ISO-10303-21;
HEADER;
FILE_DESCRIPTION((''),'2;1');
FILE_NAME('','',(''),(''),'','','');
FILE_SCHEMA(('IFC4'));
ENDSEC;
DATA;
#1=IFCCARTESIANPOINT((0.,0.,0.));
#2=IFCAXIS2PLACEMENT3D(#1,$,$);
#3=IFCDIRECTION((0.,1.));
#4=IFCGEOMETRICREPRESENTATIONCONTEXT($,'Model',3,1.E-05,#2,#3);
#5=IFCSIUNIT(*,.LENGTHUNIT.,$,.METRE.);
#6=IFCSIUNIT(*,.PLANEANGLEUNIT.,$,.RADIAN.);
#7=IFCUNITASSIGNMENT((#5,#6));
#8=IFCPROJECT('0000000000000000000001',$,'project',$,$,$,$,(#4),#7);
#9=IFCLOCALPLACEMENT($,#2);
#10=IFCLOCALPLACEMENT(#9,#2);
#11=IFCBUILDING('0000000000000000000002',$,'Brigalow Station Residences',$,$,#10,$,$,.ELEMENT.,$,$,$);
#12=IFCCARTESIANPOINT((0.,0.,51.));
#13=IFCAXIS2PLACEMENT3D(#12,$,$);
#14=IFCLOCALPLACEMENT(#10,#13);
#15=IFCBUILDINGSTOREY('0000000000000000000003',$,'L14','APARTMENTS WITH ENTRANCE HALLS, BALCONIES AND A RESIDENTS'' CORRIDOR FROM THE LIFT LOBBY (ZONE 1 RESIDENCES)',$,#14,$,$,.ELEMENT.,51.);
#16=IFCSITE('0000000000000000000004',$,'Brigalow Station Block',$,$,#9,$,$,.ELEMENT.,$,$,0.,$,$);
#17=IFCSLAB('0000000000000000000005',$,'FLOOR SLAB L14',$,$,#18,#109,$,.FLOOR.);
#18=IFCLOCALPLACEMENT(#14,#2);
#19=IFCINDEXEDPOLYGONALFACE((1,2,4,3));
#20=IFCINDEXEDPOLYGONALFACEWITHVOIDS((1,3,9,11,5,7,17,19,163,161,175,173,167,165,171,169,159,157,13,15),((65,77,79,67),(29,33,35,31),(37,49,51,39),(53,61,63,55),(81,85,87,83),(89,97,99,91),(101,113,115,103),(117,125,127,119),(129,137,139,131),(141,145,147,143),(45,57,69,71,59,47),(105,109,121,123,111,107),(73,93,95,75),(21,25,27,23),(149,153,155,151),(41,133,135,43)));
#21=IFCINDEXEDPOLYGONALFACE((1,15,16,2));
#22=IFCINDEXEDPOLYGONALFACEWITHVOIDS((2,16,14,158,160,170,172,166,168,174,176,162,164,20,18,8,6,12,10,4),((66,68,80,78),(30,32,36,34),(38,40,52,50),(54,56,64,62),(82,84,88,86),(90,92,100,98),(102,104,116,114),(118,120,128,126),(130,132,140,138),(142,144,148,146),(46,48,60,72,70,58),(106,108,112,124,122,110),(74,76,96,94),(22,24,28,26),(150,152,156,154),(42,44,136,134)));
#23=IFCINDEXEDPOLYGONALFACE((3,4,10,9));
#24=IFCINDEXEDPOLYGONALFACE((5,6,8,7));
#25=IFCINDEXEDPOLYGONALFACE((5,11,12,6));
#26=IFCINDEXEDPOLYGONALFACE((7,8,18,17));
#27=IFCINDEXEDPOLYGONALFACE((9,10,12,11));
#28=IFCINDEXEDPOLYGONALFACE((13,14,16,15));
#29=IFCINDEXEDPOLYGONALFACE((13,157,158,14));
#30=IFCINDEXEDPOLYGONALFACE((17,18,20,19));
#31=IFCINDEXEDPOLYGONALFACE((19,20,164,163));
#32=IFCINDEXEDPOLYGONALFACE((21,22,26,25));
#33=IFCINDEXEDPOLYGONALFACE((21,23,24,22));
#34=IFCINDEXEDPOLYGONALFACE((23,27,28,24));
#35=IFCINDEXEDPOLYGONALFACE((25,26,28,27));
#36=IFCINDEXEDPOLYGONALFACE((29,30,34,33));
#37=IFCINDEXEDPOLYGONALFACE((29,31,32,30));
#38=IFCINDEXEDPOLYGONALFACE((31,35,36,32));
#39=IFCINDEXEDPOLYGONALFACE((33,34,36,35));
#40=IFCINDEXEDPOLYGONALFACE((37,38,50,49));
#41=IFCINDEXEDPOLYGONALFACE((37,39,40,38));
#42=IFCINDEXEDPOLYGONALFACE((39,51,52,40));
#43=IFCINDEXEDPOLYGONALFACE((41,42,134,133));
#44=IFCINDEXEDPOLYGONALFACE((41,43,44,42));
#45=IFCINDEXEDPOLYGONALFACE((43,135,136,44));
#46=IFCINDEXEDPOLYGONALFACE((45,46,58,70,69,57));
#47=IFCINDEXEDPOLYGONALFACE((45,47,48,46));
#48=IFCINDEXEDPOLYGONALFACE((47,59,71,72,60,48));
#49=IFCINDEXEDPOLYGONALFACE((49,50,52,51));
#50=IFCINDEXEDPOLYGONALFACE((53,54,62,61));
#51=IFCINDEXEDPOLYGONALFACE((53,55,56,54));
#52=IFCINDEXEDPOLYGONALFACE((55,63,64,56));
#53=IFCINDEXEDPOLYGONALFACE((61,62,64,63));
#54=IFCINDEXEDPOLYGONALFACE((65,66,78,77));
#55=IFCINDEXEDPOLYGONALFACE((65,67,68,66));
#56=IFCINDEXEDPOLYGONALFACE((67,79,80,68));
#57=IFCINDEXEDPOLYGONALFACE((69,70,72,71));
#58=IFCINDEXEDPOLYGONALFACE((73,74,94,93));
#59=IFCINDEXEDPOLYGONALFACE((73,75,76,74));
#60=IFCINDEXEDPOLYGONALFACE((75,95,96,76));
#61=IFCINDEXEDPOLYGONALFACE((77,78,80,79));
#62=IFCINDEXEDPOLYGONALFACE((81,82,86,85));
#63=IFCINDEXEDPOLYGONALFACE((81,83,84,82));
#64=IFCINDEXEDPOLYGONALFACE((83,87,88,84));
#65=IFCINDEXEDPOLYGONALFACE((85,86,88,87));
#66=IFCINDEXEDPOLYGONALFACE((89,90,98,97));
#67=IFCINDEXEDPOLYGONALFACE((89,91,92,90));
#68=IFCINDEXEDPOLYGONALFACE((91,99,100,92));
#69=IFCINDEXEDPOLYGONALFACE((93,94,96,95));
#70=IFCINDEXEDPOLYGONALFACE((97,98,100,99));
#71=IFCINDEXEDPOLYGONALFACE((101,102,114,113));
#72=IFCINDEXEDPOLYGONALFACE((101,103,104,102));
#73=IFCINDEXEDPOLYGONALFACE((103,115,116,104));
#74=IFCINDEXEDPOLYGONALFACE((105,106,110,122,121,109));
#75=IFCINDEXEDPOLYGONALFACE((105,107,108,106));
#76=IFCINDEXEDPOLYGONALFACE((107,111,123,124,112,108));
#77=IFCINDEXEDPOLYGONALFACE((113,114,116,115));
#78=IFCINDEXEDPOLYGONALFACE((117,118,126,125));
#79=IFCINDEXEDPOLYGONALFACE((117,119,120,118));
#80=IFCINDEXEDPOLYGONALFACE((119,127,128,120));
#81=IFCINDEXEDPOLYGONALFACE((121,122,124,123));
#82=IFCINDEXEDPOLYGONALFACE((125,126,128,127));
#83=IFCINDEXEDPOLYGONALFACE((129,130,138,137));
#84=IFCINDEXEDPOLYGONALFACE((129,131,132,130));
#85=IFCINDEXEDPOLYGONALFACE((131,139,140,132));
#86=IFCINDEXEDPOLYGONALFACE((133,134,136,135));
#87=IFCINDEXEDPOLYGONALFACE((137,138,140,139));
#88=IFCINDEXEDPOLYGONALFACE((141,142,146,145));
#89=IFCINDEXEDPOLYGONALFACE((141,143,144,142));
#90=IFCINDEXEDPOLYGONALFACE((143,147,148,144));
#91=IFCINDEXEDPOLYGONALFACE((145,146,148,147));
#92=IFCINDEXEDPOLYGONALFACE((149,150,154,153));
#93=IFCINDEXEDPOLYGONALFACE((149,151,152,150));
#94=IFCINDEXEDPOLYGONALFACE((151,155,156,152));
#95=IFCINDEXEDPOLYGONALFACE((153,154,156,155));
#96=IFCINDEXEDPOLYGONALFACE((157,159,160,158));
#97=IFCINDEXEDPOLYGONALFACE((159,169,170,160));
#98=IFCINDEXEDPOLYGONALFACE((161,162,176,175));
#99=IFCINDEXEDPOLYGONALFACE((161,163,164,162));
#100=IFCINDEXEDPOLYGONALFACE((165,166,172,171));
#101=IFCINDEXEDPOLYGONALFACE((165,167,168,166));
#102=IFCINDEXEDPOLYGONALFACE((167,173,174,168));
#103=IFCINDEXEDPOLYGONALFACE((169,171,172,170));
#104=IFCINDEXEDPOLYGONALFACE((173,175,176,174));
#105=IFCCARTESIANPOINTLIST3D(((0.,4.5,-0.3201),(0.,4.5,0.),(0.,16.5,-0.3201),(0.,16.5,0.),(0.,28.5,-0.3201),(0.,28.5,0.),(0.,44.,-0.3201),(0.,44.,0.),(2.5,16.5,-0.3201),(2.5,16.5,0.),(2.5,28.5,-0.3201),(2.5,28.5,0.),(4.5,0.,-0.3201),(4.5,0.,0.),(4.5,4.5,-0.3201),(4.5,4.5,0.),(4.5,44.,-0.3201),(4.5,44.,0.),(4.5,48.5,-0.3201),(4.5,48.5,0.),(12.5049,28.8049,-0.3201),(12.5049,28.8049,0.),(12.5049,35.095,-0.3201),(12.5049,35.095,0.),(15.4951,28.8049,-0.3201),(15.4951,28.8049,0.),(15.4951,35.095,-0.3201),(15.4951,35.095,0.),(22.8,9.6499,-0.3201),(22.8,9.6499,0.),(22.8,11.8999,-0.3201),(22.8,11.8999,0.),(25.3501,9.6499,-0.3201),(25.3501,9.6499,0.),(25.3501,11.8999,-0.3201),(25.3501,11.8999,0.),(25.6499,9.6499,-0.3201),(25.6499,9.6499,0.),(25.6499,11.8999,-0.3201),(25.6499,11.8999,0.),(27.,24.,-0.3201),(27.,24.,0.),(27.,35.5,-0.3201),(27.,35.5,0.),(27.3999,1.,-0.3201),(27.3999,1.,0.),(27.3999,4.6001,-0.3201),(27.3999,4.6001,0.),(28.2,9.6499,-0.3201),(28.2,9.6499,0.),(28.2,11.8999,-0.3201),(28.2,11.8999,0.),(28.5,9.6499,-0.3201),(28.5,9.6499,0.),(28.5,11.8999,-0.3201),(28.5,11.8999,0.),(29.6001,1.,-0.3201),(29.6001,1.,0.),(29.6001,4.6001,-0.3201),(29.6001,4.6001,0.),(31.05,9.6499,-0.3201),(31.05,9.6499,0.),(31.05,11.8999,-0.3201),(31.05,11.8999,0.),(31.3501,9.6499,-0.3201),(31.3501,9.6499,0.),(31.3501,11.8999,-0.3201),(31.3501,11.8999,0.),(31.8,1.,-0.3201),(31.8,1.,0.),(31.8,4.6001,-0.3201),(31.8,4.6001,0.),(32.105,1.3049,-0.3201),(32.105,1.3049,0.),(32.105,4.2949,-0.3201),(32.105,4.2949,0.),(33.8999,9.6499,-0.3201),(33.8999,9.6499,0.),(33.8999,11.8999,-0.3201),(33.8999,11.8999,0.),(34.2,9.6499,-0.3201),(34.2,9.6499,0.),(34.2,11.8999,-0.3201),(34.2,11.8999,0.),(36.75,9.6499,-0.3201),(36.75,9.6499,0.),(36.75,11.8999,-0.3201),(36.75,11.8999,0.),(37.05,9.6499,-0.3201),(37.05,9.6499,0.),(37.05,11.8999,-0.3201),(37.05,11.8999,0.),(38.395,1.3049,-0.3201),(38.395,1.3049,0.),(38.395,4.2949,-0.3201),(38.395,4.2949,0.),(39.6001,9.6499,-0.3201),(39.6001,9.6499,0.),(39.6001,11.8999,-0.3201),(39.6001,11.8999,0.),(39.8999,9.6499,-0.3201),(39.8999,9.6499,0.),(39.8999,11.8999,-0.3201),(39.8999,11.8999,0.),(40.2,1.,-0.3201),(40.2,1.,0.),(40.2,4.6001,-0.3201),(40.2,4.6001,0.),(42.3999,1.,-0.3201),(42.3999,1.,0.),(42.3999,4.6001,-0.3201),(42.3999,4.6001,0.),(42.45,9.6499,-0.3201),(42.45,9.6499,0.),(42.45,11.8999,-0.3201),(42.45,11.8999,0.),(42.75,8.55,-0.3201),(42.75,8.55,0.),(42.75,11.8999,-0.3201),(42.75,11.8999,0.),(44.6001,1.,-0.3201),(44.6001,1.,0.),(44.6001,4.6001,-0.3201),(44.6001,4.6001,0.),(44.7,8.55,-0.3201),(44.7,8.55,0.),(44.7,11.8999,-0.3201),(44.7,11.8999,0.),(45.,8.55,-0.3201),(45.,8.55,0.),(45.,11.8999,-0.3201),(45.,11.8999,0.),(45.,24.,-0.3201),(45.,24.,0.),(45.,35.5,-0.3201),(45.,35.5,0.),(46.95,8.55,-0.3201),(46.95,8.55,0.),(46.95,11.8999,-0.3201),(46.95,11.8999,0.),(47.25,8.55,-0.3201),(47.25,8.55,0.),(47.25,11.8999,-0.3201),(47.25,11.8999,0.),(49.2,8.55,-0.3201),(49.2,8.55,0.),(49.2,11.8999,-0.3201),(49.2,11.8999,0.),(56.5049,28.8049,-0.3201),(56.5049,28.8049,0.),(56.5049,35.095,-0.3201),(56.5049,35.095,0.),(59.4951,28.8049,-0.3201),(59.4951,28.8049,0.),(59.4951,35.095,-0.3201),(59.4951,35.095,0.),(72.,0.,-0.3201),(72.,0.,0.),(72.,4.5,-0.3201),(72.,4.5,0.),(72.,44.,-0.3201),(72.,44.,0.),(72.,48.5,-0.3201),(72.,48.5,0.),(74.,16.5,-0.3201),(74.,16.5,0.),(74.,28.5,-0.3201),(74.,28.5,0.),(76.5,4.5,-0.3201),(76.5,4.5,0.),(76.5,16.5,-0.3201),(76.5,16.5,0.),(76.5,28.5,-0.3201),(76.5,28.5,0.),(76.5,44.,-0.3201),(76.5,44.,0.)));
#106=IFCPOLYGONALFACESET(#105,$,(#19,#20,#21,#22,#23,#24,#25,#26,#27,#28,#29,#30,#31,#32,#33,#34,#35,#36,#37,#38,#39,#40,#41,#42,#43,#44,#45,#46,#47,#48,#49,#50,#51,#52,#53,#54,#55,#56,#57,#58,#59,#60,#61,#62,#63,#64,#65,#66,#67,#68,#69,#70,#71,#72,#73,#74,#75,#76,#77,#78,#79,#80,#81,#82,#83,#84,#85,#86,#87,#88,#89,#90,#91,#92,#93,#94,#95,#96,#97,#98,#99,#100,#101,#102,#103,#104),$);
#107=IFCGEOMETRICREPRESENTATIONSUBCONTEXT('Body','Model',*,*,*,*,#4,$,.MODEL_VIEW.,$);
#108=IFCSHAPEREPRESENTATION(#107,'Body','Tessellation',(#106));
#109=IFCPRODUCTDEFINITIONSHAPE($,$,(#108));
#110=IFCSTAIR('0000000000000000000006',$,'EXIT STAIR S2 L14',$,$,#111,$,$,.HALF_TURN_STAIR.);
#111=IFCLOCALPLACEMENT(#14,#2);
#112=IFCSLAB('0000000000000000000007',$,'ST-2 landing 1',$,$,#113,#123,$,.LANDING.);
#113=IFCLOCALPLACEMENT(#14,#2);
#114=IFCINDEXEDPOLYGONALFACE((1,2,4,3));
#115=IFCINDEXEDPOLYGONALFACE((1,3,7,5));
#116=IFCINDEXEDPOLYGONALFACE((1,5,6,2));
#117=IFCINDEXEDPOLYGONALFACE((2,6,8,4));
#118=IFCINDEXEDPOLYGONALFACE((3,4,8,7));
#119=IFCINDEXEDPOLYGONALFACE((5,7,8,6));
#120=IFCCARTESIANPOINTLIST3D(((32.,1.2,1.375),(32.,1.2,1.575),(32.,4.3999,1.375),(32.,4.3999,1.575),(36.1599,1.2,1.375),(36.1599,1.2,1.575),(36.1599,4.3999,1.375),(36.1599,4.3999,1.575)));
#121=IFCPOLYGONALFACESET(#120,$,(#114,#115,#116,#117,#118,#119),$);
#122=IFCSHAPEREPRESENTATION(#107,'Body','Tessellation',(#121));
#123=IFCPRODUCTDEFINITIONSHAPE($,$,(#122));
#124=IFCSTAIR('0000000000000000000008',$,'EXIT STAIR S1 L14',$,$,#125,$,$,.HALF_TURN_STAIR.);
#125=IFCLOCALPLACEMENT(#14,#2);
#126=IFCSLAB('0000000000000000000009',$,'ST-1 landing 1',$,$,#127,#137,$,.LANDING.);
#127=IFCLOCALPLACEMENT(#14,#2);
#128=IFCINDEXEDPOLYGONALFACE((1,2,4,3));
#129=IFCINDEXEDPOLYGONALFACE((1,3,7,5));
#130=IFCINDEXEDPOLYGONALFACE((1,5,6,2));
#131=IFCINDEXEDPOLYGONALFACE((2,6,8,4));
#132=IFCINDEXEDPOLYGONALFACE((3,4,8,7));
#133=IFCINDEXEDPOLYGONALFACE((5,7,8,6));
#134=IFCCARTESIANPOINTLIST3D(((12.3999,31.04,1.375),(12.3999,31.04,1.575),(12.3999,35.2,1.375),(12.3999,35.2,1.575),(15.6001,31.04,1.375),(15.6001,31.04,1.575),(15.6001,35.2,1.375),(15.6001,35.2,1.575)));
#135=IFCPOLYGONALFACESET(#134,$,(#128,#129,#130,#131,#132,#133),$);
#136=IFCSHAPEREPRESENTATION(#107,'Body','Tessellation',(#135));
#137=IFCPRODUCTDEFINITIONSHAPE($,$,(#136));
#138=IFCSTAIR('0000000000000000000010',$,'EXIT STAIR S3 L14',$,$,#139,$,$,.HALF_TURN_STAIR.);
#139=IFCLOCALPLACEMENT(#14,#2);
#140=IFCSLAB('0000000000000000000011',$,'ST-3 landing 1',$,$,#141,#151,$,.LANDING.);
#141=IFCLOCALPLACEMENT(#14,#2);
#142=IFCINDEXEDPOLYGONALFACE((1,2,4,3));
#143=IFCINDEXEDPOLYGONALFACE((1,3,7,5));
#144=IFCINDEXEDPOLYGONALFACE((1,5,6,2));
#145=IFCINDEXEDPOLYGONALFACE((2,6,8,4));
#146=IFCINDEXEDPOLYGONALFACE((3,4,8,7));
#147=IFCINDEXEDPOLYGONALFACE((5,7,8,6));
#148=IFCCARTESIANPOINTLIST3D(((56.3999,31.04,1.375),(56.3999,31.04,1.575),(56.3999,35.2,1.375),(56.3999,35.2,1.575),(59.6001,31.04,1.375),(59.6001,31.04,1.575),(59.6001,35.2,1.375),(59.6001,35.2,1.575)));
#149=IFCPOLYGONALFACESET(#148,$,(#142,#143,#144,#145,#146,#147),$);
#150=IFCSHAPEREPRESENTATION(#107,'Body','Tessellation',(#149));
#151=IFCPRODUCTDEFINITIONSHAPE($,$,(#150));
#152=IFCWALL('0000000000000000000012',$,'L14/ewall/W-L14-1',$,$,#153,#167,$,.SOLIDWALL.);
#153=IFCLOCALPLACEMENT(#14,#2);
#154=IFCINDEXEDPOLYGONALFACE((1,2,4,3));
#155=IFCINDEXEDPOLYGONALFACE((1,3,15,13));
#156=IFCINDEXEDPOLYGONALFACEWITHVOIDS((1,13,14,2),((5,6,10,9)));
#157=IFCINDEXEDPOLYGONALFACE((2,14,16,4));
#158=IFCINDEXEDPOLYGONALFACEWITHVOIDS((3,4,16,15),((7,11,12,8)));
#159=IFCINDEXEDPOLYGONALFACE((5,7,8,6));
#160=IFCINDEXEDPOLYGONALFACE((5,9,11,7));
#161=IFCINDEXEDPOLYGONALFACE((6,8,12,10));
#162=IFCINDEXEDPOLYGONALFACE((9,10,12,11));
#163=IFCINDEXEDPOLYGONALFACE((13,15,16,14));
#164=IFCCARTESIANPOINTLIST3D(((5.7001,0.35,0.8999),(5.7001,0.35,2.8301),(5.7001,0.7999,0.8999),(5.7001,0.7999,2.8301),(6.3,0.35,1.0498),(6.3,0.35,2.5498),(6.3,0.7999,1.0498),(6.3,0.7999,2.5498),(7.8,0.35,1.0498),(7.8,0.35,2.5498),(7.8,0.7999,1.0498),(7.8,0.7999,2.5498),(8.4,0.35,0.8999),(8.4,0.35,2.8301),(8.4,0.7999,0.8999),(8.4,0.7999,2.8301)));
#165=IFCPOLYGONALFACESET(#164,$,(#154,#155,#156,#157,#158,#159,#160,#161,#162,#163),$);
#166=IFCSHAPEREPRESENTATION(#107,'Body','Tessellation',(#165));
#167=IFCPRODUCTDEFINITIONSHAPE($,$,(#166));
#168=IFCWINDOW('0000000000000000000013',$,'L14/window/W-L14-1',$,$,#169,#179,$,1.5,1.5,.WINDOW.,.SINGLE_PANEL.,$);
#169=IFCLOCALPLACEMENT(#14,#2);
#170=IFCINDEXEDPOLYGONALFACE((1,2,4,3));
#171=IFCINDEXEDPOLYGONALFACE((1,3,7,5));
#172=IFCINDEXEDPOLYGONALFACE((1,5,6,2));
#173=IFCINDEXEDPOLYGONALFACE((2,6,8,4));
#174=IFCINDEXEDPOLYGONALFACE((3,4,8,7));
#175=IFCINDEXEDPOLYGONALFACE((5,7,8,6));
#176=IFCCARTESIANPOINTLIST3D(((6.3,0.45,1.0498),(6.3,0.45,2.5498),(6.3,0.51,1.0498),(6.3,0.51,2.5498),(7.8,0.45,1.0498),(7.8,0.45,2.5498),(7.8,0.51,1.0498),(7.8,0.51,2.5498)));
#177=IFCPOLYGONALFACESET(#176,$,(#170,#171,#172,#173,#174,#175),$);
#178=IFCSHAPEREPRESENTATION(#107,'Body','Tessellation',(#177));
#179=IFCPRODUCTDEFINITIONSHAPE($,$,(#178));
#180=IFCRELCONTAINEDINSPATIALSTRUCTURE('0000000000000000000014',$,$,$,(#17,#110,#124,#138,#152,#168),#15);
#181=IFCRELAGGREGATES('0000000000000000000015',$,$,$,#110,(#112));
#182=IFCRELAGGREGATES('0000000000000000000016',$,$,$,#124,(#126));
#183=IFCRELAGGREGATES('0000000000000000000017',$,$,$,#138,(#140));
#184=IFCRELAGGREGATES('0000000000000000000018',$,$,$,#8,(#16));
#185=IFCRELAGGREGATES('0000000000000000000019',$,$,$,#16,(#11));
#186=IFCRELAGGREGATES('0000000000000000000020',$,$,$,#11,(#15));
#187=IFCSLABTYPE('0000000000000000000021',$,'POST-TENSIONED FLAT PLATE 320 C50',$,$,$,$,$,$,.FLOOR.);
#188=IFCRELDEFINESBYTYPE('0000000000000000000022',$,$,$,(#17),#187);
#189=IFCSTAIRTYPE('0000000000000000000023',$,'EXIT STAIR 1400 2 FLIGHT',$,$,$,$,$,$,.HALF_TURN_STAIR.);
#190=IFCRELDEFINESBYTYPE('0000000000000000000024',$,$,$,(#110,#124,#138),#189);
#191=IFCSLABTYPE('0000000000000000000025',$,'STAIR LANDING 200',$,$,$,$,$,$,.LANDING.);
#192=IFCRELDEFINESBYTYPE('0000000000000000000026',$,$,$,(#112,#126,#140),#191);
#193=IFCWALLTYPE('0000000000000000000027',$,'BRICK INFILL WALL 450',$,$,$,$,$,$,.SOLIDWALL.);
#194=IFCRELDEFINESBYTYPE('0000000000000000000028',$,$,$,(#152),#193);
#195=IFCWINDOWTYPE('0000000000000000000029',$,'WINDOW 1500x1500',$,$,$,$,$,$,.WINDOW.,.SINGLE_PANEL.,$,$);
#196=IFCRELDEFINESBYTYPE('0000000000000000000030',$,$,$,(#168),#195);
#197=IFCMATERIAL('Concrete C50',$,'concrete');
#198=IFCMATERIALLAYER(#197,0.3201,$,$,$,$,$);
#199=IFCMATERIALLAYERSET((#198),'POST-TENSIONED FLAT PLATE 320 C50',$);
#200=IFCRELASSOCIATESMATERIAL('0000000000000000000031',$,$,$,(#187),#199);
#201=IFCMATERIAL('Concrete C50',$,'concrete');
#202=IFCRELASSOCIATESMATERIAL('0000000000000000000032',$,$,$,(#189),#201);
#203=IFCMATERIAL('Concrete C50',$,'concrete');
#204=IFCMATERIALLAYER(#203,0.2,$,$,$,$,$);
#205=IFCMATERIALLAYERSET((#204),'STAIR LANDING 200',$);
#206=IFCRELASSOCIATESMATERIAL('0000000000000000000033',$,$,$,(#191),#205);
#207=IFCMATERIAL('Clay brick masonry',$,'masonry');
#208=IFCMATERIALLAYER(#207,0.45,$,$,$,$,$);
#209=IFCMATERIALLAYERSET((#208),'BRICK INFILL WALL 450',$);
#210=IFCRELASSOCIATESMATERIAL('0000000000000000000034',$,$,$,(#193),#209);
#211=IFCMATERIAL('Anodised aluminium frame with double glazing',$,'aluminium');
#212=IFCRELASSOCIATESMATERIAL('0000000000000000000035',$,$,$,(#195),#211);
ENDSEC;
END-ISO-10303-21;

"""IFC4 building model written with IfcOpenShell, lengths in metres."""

from ifc_helpers import new_model, si_unit, direction, frame, frame_2d, origin, place, context, subcontext, project, spatial, polyline, rectangle, outline, extrude, material, layer, layer_set, type_object, element, fill, aggregate, save


model = new_model("IFC4")

# Units and contexts
model_context = context("Model", 3, precision=1e-05, world=origin(), true_north=direction((0.0, 1.0)))
body_context = subcontext(model_context, "Body", "Model", "MODEL_VIEW")
ifc_project = project(units=[si_unit("LENGTHUNIT", "METRE"), si_unit("PLANEANGLEUNIT", "RADIAN")], contexts=[model_context])

# Site, building, storey
site_placement = place(None, origin())
site = spatial("IfcSite", under=ifc_project, at=site_placement, Name="Brigalow Station Block", CompositionType="ELEMENT", RefElevation=0.0)
building_placement = place(site_placement, origin())
building = spatial("IfcBuilding", under=site, at=building_placement, Name="Brigalow Station Residences", CompositionType="ELEMENT")
storey_placement = place(building_placement, frame((0.0, 0.0, 51.0)))
storey = spatial("IfcBuildingStorey", under=building, at=storey_placement, Name="L14", Description="APARTMENTS WITH ENTRANCE HALLS, BALCONIES AND A RESIDENTS' CORRIDOR FROM THE LIFT LOBBY (ZONE 1 RESIDENCES)", CompositionType="ELEMENT", Elevation=51.0)

# Slab
ifc_material_1 = material(Name="Concrete C50", Category="concrete")
ifc_layer_1 = layer(ifc_material_1, 0.3201)
ifc_layer_set_1 = layer_set([ifc_layer_1], Name="POST-TENSIONED FLAT PLATE 320 C50")
slab_type_1 = type_object("IfcSlabType", Name="POST-TENSIONED FLAT PLATE 320 C50", PredefinedType="FLOOR", material=ifc_layer_set_1)
slab_1_placement = place(storey_placement, frame((0.0, 0.0, -0.3201)))
element("IfcSlab", 1, at=slab_1_placement, inside=storey, type_object=slab_type_1, Name="FLOOR SLAB L14", PredefinedType="FLOOR", context=body_context, shape_type="SweptSolid", body=[
    extrude(outline(polyline([(4.5, 0.0), (72.0, 0.0), (72.0, 4.5), (76.5, 4.5), (76.5, 16.5), (74.0, 16.5), (74.0, 28.5), (76.5, 28.5), (76.5, 44.0), (72.0, 44.0), (72.0, 48.5), (4.5, 48.5), (4.5, 44.0), (0.0, 44.0), (0.0, 28.5), (2.5, 28.5), (2.5, 16.5), (0.0, 16.5), (0.0, 4.5), (4.5, 4.5), (4.5, 0.0)]), holes=[polyline([(15.4951, 35.095), (15.4951, 28.8049), (12.5049, 28.8049), (12.5049, 35.095), (15.4951, 35.095)]), polyline([(22.8, 11.8999), (25.3501, 11.8999), (25.3501, 9.6499), (22.8, 9.6499), (22.8, 11.8999)]), polyline([(25.6499, 11.8999), (28.2, 11.8999), (28.2, 9.6499), (25.6499, 9.6499), (25.6499, 11.8999)]), polyline([(28.5, 11.8999), (31.05, 11.8999), (31.05, 9.6499), (28.5, 9.6499), (28.5, 11.8999)]), polyline([(29.6001, 1.0), (27.3999, 1.0), (27.3999, 4.6001), (29.6001, 4.6001), (31.8, 4.6001), (31.8, 1.0), (29.6001, 1.0)]), polyline([(31.3501, 11.8999), (33.8999, 11.8999), (33.8999, 9.6499), (31.3501, 9.6499), (31.3501, 11.8999)]), polyline([(32.105, 4.2949), (38.395, 4.2949), (38.395, 1.3049), (32.105, 1.3049), (32.105, 4.2949)]), polyline([(36.75, 11.8999), (36.75, 9.6499), (34.2, 9.6499), (34.2, 11.8999), (36.75, 11.8999)]), polyline([(37.05, 11.8999), (39.6001, 11.8999), (39.6001, 9.6499), (37.05, 9.6499), (37.05, 11.8999)]), polyline([(39.8999, 11.8999), (42.45, 11.8999), (42.45, 9.6499), (39.8999, 9.6499), (39.8999, 11.8999)]), polyline([(42.3999, 1.0), (40.2, 1.0), (40.2, 4.6001), (42.3999, 4.6001), (44.6001, 4.6001), (44.6001, 1.0), (42.3999, 1.0)]), polyline([(42.75, 11.8999), (44.7, 11.8999), (44.7, 8.55), (42.75, 8.55), (42.75, 11.8999)]), polyline([(45.0, 11.8999), (46.95, 11.8999), (46.95, 8.55), (45.0, 8.55), (45.0, 11.8999)]), polyline([(45.0, 35.5), (45.0, 24.0), (27.0, 24.0), (27.0, 35.5), (45.0, 35.5)]), polyline([(47.25, 11.8999), (49.2, 11.8999), (49.2, 8.55), (47.25, 8.55), (47.25, 11.8999)]), polyline([(59.4951, 35.095), (59.4951, 28.8049), (56.5049, 28.8049), (56.5049, 35.095), (59.4951, 35.095)])]), origin(), (0.0, 0.0, 1.0), 0.3201),
])

# Stairs, slabs
ifc_material_2 = material(Name="Concrete C50", Category="concrete")
stair_type = type_object("IfcStairType", Name="EXIT STAIR 1400 2 FLIGHT", PredefinedType="HALF_TURN_STAIR", material=ifc_material_2)
stair_1_placement = place(storey_placement, origin())
stair_1 = element("IfcStair", 2, at=stair_1_placement, inside=storey, type_object=stair_type, Name="EXIT STAIR S2 L14", PredefinedType="HALF_TURN_STAIR")
ifc_material_3 = material(Name="Concrete C50", Category="concrete")
ifc_layer_2 = layer(ifc_material_3, 0.2)
ifc_layer_set_2 = layer_set([ifc_layer_2], Name="STAIR LANDING 200")
slab_type_2 = type_object("IfcSlabType", Name="STAIR LANDING 200", PredefinedType="LANDING", material=ifc_layer_set_2)
slab_2_placement = place(storey_placement, frame((0.0, 0.0, 1.375)))
slab_2 = element("IfcSlab", 3, at=slab_2_placement, type_object=slab_type_2, Name="ST-2 landing 1", PredefinedType="LANDING", context=body_context, shape_type="SweptSolid", body=[
    extrude(outline(polyline([(32.0, 1.2), (36.1599, 1.2), (36.1599, 4.3999), (32.0, 4.3999), (32.0, 1.2)])), origin(), (0.0, 0.0, 1.0), 0.2),
])
aggregate(stair_1, [slab_2])
stair_2_placement = place(storey_placement, origin())
stair_2 = element("IfcStair", 4, at=stair_2_placement, inside=storey, type_object=stair_type, Name="EXIT STAIR S1 L14", PredefinedType="HALF_TURN_STAIR")
slab_3_placement = place(storey_placement, frame((0.0, 0.0, 1.375)))
slab_3 = element("IfcSlab", 5, at=slab_3_placement, type_object=slab_type_2, Name="ST-1 landing 1", PredefinedType="LANDING", context=body_context, shape_type="SweptSolid", body=[
    extrude(outline(polyline([(12.3999, 31.04), (15.6001, 31.04), (15.6001, 35.2), (12.3999, 35.2), (12.3999, 31.04)])), origin(), (0.0, 0.0, 1.0), 0.2),
])
aggregate(stair_2, [slab_3])
stair_3_placement = place(storey_placement, origin())
stair_3 = element("IfcStair", 6, at=stair_3_placement, inside=storey, type_object=stair_type, Name="EXIT STAIR S3 L14", PredefinedType="HALF_TURN_STAIR")
slab_4_placement = place(storey_placement, frame((0.0, 0.0, 1.375)))
slab_4 = element("IfcSlab", 7, at=slab_4_placement, type_object=slab_type_2, Name="ST-3 landing 1", PredefinedType="LANDING", context=body_context, shape_type="SweptSolid", body=[
    extrude(outline(polyline([(56.3999, 31.04), (59.6001, 31.04), (59.6001, 35.2), (56.3999, 35.2), (56.3999, 31.04)])), origin(), (0.0, 0.0, 1.0), 0.2),
])
aggregate(stair_3, [slab_4])

# Wall, opening, window
ifc_material_4 = material(Name="Clay brick masonry", Category="masonry")
ifc_layer_3 = layer(ifc_material_4, 0.45)
ifc_layer_set_3 = layer_set([ifc_layer_3], Name="BRICK INFILL WALL 450")
wall_type_1 = type_object("IfcWallType", Name="BRICK INFILL WALL 450", PredefinedType="SOLIDWALL", material=ifc_layer_set_3)
wall_1_placement = place(storey_placement, frame((5.7, 0.575, 0.8999), z_axis=(0.0, 0.0, 1.0), x_axis=(1.0, 0.0, 0.0)))
wall_1 = element("IfcWall", 8, at=wall_1_placement, inside=storey, type_object=wall_type_1, Name="L14/ewall/W-L14-1", PredefinedType="SOLIDWALL", context=body_context, shape_type="SweptSolid", body=[
    extrude(rectangle(XDim=2.7, YDim=0.45, at=frame_2d((1.3501, 0.0))), origin(), (0.0, 0.0, 1.0), 1.9302),
])
opening_1_placement = place(wall_1_placement, frame((0.6001, 0.0, 0.1499)))
opening_1 = element("IfcOpeningElement", 9, at=opening_1_placement, cuts=wall_1, PredefinedType="OPENING", context=body_context, shape_type="SweptSolid", body=[
    extrude(rectangle(XDim=1.5, YDim=1.5, at=frame_2d((0.75, 0.75))), frame((0.0, 0.2349, 0.0), z_axis=(0.0, -1.0, 0.0), x_axis=(1.0, 0.0, 0.0)), (0.0, 0.0, 1.0), 0.47),
])
ifc_material_5 = material(Name="Anodised aluminium frame with double glazing", Category="aluminium")
window_type_1 = type_object("IfcWindowType", Name="WINDOW 1500x1500", PartitioningType="SINGLE_PANEL", PredefinedType="WINDOW", material=ifc_material_5)
window_1_placement = place(opening_1_placement, origin())
window_1 = element("IfcWindow", 10, at=window_1_placement, inside=storey, type_object=window_type_1, Name="L14/window/W-L14-1", OverallHeight=1.5, OverallWidth=1.5, PartitioningType="SINGLE_PANEL", PredefinedType="WINDOW", context=body_context, shape_type="SweptSolid", body=[
    extrude(rectangle(XDim=1.5, YDim=1.5, at=frame_2d((0.75, 0.75))), frame((0.0, -0.0649, 0.0), z_axis=(0.0, -1.0, 0.0), x_axis=(1.0, 0.0, 0.0)), (0.0, 0.0, 1.0), 0.0601),
])
fill(opening_1, window_1)

save(model, "model.ifc")
